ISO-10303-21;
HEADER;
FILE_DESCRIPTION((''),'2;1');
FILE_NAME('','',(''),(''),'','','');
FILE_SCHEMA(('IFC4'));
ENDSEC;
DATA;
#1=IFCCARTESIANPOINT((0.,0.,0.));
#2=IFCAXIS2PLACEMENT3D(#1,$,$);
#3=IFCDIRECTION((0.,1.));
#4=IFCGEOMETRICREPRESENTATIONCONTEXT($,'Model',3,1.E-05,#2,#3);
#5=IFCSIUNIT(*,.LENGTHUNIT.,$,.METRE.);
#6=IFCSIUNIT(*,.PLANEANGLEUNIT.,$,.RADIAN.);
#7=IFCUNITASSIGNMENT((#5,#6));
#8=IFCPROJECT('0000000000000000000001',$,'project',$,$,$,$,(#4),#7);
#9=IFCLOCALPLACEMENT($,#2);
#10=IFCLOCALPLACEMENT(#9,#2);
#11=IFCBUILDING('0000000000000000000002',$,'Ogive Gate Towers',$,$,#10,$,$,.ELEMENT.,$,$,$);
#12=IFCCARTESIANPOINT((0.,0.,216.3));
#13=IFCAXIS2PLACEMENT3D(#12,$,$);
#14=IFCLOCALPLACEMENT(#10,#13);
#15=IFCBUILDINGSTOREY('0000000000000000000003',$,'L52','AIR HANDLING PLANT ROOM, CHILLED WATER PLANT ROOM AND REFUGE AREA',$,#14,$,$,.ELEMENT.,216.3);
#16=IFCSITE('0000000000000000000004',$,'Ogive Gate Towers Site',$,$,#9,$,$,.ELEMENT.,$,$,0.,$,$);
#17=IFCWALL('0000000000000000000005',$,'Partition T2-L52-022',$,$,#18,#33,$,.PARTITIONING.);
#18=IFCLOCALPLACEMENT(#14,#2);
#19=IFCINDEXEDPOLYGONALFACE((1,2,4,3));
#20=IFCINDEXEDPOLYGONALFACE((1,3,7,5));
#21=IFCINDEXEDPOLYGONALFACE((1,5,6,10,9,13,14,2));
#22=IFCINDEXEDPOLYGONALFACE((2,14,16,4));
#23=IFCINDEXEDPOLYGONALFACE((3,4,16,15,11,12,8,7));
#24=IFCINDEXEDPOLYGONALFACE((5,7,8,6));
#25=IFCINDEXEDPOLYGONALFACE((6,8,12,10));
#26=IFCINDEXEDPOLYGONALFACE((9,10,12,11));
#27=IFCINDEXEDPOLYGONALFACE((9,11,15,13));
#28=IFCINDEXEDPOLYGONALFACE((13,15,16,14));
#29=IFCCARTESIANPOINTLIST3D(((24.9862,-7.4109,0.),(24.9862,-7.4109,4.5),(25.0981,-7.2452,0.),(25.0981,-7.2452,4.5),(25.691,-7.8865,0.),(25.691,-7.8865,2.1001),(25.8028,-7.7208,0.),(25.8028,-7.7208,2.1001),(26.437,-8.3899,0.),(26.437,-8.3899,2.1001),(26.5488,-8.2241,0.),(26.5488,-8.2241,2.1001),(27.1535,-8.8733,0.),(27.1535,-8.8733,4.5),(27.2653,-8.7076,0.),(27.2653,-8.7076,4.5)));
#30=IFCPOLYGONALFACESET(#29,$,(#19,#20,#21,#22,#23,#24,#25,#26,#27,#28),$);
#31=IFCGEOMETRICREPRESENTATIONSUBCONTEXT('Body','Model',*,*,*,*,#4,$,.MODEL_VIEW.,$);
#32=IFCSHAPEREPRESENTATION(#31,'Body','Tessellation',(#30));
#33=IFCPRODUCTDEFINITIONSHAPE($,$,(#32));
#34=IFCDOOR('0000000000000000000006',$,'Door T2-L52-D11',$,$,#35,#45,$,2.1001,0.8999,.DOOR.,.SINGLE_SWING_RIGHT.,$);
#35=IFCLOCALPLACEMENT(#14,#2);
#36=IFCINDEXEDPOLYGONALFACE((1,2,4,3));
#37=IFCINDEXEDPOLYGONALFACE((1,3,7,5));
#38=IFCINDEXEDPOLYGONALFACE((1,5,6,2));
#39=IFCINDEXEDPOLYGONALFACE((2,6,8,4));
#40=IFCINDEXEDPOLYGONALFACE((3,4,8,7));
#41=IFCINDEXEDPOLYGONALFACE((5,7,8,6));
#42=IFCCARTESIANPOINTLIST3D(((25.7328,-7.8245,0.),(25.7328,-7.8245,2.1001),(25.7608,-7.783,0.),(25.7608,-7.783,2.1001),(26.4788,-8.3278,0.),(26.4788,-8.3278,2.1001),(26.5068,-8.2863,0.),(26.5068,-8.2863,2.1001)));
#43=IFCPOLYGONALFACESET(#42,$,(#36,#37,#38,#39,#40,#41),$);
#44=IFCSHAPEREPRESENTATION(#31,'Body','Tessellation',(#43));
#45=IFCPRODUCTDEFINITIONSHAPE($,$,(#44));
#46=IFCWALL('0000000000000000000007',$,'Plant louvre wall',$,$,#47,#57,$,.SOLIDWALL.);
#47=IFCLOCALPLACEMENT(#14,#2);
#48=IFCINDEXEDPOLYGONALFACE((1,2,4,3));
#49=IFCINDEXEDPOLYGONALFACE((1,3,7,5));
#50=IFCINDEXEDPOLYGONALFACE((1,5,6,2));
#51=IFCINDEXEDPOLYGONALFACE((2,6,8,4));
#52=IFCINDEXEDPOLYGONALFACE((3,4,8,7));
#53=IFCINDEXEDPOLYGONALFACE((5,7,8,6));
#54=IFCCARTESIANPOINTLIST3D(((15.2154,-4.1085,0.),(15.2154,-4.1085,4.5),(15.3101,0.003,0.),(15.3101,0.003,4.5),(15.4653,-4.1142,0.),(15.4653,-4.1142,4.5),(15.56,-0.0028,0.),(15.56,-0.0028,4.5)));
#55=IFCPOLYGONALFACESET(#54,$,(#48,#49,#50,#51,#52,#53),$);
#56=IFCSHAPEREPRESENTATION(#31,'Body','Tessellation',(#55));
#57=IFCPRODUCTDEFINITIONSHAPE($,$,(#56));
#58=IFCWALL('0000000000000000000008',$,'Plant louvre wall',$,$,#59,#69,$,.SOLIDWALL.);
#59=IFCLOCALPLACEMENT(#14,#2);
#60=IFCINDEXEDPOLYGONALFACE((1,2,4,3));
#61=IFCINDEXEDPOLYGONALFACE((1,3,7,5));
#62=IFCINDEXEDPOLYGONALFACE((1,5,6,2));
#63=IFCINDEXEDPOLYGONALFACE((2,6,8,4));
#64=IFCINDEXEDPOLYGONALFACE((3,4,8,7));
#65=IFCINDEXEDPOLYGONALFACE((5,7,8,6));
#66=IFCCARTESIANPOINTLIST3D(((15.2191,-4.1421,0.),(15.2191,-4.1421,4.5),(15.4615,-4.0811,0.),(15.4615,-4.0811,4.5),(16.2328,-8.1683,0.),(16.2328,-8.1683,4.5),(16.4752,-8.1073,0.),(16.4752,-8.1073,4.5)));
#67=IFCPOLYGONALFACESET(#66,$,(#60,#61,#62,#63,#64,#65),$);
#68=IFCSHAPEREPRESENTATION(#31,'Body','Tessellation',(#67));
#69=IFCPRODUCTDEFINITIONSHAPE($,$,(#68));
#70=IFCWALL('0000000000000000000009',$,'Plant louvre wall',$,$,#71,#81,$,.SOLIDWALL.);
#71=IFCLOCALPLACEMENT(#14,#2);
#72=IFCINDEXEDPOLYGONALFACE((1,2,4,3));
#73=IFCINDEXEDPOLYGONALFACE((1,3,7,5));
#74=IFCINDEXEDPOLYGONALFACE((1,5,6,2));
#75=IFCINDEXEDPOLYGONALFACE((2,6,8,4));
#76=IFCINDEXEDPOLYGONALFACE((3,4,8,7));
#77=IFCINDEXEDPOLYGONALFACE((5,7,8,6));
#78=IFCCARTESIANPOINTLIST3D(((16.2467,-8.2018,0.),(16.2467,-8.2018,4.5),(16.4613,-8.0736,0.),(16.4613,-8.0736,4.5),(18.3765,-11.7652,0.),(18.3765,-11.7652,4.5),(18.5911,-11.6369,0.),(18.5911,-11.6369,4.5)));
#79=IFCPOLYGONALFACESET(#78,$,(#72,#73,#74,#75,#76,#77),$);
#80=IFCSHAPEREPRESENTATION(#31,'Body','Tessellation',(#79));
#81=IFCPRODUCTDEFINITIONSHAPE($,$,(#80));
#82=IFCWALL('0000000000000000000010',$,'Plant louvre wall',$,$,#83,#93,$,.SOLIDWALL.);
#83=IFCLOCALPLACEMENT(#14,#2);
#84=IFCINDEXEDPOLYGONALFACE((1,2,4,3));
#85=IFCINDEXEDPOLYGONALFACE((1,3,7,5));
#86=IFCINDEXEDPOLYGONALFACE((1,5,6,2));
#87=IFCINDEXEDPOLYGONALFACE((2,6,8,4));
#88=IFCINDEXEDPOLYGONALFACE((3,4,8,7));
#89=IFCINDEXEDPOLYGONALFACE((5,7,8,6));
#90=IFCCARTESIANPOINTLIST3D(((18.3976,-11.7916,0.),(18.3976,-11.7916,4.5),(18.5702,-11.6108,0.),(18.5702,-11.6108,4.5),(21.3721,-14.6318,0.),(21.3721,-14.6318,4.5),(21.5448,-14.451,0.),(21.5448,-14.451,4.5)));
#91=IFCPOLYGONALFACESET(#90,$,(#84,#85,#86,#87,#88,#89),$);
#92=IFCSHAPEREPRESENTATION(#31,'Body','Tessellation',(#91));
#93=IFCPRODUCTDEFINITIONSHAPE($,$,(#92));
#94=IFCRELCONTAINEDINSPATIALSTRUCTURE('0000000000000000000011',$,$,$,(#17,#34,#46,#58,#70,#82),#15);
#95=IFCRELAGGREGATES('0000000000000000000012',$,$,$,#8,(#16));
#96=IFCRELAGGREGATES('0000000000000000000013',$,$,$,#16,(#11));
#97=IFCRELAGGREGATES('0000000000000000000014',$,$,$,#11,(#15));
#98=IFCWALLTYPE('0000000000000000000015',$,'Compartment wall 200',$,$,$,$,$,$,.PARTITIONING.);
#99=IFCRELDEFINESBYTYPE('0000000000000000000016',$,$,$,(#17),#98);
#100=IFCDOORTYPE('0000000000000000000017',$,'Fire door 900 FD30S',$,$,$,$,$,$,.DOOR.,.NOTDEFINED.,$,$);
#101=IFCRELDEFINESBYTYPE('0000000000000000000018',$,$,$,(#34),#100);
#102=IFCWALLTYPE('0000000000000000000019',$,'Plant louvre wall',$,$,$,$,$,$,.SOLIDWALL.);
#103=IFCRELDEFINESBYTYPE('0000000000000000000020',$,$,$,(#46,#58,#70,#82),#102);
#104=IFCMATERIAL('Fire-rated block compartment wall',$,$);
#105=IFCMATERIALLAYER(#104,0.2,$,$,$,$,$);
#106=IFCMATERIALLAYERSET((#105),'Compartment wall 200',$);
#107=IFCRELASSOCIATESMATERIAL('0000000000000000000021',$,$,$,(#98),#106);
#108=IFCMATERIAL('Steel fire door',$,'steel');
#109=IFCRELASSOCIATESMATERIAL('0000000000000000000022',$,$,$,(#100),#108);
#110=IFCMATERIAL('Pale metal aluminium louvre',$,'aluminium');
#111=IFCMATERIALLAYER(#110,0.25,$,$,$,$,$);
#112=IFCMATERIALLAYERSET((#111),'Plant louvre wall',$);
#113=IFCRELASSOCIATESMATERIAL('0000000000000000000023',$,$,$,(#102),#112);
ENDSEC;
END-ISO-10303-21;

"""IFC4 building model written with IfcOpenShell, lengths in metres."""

from ifc_helpers import new_model, si_unit, direction, frame, frame_2d, origin, place, context, subcontext, project, spatial, rectangle, extrude, material, layer, layer_set, type_object, element, fill, save


model = new_model("IFC4")

# Units and contexts
model_context = context("Model", 3, precision=1e-05, world=origin(), true_north=direction((0.0, 1.0)))
body_context = subcontext(model_context, "Body", "Model", "MODEL_VIEW")
ifc_project = project(units=[si_unit("LENGTHUNIT", "METRE"), si_unit("PLANEANGLEUNIT", "RADIAN")], contexts=[model_context])

# Site, building, storey
site_placement = place(None, origin())
site = spatial("IfcSite", under=ifc_project, at=site_placement, Name="Ogive Gate Towers Site", CompositionType="ELEMENT", RefElevation=0.0)
building_placement = place(site_placement, origin())
building = spatial("IfcBuilding", under=site, at=building_placement, Name="Ogive Gate Towers", CompositionType="ELEMENT")
storey_placement = place(building_placement, frame((0.0, 0.0, 216.3)))
storey = spatial("IfcBuildingStorey", under=building, at=storey_placement, Name="L52", Description="AIR HANDLING PLANT ROOM, CHILLED WATER PLANT ROOM AND REFUGE AREA", CompositionType="ELEMENT", Elevation=216.3)

# Shared definitions
ifc_material_1 = material(Name="Fire-rated block compartment wall")
ifc_layer_1 = layer(ifc_material_1, 0.2)
ifc_layer_set_1 = layer_set([ifc_layer_1], Name="Compartment wall 200")
wall_type_1 = type_object("IfcWallType", Name="Compartment wall 200", PredefinedType="PARTITIONING", material=ifc_layer_set_1)

# Wall, opening, door
ifc_material_2 = material(Name="Steel fire door", Category="steel")
door_type = type_object("IfcDoorType", Name="Fire door 900 FD30S", OperationType="NOTDEFINED", PredefinedType="DOOR", material=ifc_material_2)
wall_1_placement = place(storey_placement, frame((25.0422, -7.3281, 0.0), z_axis=(0.0, 0.0, 1.0), x_axis=(0.828934, -0.559346, 0.0)))
wall_1 = element("IfcWall", 1, at=wall_1_placement, inside=storey, type_object=wall_type_1, Name="Partition T2-L52-022", PredefinedType="PARTITIONING", context=body_context, shape_type="SweptSolid", body=[
    extrude(rectangle(XDim=2.6145, YDim=0.2, at=frame_2d((1.3071, 0.0))), origin(), (0.0, 0.0, 1.0), 4.5),
])
opening_1_placement = place(wall_1_placement, frame((0.8501, 0.0, 0.0)))
opening_1 = element("IfcOpeningElement", 2, at=opening_1_placement, cuts=wall_1, PredefinedType="OPENING", context=body_context, shape_type="SweptSolid", body=[
    extrude(rectangle(XDim=0.8999, YDim=2.1001, at=frame_2d((0.45, 1.05))), frame((0.0, 0.1099, 0.0), z_axis=(0.0, -1.0, 0.0), x_axis=(1.0, 0.0, 0.0)), (0.0, 0.0, 1.0), 0.22),
])
door_1_placement = place(opening_1_placement, origin())
door_1 = element("IfcDoor", 3, at=door_1_placement, inside=storey, type_object=door_type, Name="Door T2-L52-D11", OperationType="SINGLE_SWING_RIGHT", OverallHeight=2.1001, OverallWidth=0.8999, PredefinedType="DOOR", context=body_context, shape_type="SweptSolid", body=[
    extrude(rectangle(XDim=0.8999, YDim=2.1001, at=frame_2d((0.45, 1.05))), frame((0.0, 0.0249, 0.0), z_axis=(0.0, -1.0, 0.0), x_axis=(1.0, 0.0, 0.0)), (0.0, 0.0, 1.0), 0.05),
])
fill(opening_1, door_1)

# Walls
ifc_material_3 = material(Name="Pale metal aluminium louvre", Category="aluminium")
ifc_layer_2 = layer(ifc_material_3, 0.25)
ifc_layer_set_2 = layer_set([ifc_layer_2], Name="Plant louvre wall")
wall_type_2 = type_object("IfcWallType", Name="Plant louvre wall", PredefinedType="SOLIDWALL", material=ifc_layer_set_2)
wall_2_placement = place(storey_placement, frame((15.4351, 0.0, 0.0), z_axis=(0.0, 0.0, 1.0), x_axis=(-0.023033, -0.999735, 0.0)))
element("IfcWall", 4, at=wall_2_placement, inside=storey, type_object=wall_type_2, Name="Plant louvre wall", PredefinedType="SOLIDWALL", context=body_context, shape_type="SweptSolid", body=[
    extrude(rectangle(XDim=4.1125, YDim=0.25, at=frame_2d((2.0562, 0.0))), origin(), (0.0, 0.0, 1.0), 4.5),
])
wall_3_placement = place(storey_placement, frame((15.3403, -4.1116, 0.0), z_axis=(0.0, 0.0, 1.0), x_axis=(0.244154, -0.969736, 0.0)))
element("IfcWall", 5, at=wall_3_placement, inside=storey, type_object=wall_type_2, Name="Plant louvre wall", PredefinedType="SOLIDWALL", context=body_context, shape_type="SweptSolid", body=[
    extrude(rectangle(XDim=4.1519, YDim=0.25, at=frame_2d((2.0759, 0.0))), origin(), (0.0, 0.0, 1.0), 4.5),
])
wall_4_placement = place(storey_placement, frame((16.354, -8.1377, 0.0), z_axis=(0.0, 0.0, 1.0), x_axis=(0.513042, -0.858363, 0.0)))
element("IfcWall", 6, at=wall_4_placement, inside=storey, type_object=wall_type_2, Name="Plant louvre wall", PredefinedType="SOLIDWALL", context=body_context, shape_type="SweptSolid", body=[
    extrude(rectangle(XDim=4.1514, YDim=0.25, at=frame_2d((2.0757, 0.0))), origin(), (0.0, 0.0, 1.0), 4.5),
])
wall_5_placement = place(storey_placement, frame((18.4839, -11.7012, 0.0), z_axis=(0.0, 0.0, 1.0), x_axis=(0.723242, -0.690594, 0.0)))
element("IfcWall", 7, at=wall_5_placement, inside=storey, type_object=wall_type_2, Name="Plant louvre wall", PredefinedType="SOLIDWALL", context=body_context, shape_type="SweptSolid", body=[
    extrude(rectangle(XDim=4.1128, YDim=0.25, at=frame_2d((2.0564, 0.0))), origin(), (0.0, 0.0, 1.0), 4.5),
])

save(model, "model.ifc")
